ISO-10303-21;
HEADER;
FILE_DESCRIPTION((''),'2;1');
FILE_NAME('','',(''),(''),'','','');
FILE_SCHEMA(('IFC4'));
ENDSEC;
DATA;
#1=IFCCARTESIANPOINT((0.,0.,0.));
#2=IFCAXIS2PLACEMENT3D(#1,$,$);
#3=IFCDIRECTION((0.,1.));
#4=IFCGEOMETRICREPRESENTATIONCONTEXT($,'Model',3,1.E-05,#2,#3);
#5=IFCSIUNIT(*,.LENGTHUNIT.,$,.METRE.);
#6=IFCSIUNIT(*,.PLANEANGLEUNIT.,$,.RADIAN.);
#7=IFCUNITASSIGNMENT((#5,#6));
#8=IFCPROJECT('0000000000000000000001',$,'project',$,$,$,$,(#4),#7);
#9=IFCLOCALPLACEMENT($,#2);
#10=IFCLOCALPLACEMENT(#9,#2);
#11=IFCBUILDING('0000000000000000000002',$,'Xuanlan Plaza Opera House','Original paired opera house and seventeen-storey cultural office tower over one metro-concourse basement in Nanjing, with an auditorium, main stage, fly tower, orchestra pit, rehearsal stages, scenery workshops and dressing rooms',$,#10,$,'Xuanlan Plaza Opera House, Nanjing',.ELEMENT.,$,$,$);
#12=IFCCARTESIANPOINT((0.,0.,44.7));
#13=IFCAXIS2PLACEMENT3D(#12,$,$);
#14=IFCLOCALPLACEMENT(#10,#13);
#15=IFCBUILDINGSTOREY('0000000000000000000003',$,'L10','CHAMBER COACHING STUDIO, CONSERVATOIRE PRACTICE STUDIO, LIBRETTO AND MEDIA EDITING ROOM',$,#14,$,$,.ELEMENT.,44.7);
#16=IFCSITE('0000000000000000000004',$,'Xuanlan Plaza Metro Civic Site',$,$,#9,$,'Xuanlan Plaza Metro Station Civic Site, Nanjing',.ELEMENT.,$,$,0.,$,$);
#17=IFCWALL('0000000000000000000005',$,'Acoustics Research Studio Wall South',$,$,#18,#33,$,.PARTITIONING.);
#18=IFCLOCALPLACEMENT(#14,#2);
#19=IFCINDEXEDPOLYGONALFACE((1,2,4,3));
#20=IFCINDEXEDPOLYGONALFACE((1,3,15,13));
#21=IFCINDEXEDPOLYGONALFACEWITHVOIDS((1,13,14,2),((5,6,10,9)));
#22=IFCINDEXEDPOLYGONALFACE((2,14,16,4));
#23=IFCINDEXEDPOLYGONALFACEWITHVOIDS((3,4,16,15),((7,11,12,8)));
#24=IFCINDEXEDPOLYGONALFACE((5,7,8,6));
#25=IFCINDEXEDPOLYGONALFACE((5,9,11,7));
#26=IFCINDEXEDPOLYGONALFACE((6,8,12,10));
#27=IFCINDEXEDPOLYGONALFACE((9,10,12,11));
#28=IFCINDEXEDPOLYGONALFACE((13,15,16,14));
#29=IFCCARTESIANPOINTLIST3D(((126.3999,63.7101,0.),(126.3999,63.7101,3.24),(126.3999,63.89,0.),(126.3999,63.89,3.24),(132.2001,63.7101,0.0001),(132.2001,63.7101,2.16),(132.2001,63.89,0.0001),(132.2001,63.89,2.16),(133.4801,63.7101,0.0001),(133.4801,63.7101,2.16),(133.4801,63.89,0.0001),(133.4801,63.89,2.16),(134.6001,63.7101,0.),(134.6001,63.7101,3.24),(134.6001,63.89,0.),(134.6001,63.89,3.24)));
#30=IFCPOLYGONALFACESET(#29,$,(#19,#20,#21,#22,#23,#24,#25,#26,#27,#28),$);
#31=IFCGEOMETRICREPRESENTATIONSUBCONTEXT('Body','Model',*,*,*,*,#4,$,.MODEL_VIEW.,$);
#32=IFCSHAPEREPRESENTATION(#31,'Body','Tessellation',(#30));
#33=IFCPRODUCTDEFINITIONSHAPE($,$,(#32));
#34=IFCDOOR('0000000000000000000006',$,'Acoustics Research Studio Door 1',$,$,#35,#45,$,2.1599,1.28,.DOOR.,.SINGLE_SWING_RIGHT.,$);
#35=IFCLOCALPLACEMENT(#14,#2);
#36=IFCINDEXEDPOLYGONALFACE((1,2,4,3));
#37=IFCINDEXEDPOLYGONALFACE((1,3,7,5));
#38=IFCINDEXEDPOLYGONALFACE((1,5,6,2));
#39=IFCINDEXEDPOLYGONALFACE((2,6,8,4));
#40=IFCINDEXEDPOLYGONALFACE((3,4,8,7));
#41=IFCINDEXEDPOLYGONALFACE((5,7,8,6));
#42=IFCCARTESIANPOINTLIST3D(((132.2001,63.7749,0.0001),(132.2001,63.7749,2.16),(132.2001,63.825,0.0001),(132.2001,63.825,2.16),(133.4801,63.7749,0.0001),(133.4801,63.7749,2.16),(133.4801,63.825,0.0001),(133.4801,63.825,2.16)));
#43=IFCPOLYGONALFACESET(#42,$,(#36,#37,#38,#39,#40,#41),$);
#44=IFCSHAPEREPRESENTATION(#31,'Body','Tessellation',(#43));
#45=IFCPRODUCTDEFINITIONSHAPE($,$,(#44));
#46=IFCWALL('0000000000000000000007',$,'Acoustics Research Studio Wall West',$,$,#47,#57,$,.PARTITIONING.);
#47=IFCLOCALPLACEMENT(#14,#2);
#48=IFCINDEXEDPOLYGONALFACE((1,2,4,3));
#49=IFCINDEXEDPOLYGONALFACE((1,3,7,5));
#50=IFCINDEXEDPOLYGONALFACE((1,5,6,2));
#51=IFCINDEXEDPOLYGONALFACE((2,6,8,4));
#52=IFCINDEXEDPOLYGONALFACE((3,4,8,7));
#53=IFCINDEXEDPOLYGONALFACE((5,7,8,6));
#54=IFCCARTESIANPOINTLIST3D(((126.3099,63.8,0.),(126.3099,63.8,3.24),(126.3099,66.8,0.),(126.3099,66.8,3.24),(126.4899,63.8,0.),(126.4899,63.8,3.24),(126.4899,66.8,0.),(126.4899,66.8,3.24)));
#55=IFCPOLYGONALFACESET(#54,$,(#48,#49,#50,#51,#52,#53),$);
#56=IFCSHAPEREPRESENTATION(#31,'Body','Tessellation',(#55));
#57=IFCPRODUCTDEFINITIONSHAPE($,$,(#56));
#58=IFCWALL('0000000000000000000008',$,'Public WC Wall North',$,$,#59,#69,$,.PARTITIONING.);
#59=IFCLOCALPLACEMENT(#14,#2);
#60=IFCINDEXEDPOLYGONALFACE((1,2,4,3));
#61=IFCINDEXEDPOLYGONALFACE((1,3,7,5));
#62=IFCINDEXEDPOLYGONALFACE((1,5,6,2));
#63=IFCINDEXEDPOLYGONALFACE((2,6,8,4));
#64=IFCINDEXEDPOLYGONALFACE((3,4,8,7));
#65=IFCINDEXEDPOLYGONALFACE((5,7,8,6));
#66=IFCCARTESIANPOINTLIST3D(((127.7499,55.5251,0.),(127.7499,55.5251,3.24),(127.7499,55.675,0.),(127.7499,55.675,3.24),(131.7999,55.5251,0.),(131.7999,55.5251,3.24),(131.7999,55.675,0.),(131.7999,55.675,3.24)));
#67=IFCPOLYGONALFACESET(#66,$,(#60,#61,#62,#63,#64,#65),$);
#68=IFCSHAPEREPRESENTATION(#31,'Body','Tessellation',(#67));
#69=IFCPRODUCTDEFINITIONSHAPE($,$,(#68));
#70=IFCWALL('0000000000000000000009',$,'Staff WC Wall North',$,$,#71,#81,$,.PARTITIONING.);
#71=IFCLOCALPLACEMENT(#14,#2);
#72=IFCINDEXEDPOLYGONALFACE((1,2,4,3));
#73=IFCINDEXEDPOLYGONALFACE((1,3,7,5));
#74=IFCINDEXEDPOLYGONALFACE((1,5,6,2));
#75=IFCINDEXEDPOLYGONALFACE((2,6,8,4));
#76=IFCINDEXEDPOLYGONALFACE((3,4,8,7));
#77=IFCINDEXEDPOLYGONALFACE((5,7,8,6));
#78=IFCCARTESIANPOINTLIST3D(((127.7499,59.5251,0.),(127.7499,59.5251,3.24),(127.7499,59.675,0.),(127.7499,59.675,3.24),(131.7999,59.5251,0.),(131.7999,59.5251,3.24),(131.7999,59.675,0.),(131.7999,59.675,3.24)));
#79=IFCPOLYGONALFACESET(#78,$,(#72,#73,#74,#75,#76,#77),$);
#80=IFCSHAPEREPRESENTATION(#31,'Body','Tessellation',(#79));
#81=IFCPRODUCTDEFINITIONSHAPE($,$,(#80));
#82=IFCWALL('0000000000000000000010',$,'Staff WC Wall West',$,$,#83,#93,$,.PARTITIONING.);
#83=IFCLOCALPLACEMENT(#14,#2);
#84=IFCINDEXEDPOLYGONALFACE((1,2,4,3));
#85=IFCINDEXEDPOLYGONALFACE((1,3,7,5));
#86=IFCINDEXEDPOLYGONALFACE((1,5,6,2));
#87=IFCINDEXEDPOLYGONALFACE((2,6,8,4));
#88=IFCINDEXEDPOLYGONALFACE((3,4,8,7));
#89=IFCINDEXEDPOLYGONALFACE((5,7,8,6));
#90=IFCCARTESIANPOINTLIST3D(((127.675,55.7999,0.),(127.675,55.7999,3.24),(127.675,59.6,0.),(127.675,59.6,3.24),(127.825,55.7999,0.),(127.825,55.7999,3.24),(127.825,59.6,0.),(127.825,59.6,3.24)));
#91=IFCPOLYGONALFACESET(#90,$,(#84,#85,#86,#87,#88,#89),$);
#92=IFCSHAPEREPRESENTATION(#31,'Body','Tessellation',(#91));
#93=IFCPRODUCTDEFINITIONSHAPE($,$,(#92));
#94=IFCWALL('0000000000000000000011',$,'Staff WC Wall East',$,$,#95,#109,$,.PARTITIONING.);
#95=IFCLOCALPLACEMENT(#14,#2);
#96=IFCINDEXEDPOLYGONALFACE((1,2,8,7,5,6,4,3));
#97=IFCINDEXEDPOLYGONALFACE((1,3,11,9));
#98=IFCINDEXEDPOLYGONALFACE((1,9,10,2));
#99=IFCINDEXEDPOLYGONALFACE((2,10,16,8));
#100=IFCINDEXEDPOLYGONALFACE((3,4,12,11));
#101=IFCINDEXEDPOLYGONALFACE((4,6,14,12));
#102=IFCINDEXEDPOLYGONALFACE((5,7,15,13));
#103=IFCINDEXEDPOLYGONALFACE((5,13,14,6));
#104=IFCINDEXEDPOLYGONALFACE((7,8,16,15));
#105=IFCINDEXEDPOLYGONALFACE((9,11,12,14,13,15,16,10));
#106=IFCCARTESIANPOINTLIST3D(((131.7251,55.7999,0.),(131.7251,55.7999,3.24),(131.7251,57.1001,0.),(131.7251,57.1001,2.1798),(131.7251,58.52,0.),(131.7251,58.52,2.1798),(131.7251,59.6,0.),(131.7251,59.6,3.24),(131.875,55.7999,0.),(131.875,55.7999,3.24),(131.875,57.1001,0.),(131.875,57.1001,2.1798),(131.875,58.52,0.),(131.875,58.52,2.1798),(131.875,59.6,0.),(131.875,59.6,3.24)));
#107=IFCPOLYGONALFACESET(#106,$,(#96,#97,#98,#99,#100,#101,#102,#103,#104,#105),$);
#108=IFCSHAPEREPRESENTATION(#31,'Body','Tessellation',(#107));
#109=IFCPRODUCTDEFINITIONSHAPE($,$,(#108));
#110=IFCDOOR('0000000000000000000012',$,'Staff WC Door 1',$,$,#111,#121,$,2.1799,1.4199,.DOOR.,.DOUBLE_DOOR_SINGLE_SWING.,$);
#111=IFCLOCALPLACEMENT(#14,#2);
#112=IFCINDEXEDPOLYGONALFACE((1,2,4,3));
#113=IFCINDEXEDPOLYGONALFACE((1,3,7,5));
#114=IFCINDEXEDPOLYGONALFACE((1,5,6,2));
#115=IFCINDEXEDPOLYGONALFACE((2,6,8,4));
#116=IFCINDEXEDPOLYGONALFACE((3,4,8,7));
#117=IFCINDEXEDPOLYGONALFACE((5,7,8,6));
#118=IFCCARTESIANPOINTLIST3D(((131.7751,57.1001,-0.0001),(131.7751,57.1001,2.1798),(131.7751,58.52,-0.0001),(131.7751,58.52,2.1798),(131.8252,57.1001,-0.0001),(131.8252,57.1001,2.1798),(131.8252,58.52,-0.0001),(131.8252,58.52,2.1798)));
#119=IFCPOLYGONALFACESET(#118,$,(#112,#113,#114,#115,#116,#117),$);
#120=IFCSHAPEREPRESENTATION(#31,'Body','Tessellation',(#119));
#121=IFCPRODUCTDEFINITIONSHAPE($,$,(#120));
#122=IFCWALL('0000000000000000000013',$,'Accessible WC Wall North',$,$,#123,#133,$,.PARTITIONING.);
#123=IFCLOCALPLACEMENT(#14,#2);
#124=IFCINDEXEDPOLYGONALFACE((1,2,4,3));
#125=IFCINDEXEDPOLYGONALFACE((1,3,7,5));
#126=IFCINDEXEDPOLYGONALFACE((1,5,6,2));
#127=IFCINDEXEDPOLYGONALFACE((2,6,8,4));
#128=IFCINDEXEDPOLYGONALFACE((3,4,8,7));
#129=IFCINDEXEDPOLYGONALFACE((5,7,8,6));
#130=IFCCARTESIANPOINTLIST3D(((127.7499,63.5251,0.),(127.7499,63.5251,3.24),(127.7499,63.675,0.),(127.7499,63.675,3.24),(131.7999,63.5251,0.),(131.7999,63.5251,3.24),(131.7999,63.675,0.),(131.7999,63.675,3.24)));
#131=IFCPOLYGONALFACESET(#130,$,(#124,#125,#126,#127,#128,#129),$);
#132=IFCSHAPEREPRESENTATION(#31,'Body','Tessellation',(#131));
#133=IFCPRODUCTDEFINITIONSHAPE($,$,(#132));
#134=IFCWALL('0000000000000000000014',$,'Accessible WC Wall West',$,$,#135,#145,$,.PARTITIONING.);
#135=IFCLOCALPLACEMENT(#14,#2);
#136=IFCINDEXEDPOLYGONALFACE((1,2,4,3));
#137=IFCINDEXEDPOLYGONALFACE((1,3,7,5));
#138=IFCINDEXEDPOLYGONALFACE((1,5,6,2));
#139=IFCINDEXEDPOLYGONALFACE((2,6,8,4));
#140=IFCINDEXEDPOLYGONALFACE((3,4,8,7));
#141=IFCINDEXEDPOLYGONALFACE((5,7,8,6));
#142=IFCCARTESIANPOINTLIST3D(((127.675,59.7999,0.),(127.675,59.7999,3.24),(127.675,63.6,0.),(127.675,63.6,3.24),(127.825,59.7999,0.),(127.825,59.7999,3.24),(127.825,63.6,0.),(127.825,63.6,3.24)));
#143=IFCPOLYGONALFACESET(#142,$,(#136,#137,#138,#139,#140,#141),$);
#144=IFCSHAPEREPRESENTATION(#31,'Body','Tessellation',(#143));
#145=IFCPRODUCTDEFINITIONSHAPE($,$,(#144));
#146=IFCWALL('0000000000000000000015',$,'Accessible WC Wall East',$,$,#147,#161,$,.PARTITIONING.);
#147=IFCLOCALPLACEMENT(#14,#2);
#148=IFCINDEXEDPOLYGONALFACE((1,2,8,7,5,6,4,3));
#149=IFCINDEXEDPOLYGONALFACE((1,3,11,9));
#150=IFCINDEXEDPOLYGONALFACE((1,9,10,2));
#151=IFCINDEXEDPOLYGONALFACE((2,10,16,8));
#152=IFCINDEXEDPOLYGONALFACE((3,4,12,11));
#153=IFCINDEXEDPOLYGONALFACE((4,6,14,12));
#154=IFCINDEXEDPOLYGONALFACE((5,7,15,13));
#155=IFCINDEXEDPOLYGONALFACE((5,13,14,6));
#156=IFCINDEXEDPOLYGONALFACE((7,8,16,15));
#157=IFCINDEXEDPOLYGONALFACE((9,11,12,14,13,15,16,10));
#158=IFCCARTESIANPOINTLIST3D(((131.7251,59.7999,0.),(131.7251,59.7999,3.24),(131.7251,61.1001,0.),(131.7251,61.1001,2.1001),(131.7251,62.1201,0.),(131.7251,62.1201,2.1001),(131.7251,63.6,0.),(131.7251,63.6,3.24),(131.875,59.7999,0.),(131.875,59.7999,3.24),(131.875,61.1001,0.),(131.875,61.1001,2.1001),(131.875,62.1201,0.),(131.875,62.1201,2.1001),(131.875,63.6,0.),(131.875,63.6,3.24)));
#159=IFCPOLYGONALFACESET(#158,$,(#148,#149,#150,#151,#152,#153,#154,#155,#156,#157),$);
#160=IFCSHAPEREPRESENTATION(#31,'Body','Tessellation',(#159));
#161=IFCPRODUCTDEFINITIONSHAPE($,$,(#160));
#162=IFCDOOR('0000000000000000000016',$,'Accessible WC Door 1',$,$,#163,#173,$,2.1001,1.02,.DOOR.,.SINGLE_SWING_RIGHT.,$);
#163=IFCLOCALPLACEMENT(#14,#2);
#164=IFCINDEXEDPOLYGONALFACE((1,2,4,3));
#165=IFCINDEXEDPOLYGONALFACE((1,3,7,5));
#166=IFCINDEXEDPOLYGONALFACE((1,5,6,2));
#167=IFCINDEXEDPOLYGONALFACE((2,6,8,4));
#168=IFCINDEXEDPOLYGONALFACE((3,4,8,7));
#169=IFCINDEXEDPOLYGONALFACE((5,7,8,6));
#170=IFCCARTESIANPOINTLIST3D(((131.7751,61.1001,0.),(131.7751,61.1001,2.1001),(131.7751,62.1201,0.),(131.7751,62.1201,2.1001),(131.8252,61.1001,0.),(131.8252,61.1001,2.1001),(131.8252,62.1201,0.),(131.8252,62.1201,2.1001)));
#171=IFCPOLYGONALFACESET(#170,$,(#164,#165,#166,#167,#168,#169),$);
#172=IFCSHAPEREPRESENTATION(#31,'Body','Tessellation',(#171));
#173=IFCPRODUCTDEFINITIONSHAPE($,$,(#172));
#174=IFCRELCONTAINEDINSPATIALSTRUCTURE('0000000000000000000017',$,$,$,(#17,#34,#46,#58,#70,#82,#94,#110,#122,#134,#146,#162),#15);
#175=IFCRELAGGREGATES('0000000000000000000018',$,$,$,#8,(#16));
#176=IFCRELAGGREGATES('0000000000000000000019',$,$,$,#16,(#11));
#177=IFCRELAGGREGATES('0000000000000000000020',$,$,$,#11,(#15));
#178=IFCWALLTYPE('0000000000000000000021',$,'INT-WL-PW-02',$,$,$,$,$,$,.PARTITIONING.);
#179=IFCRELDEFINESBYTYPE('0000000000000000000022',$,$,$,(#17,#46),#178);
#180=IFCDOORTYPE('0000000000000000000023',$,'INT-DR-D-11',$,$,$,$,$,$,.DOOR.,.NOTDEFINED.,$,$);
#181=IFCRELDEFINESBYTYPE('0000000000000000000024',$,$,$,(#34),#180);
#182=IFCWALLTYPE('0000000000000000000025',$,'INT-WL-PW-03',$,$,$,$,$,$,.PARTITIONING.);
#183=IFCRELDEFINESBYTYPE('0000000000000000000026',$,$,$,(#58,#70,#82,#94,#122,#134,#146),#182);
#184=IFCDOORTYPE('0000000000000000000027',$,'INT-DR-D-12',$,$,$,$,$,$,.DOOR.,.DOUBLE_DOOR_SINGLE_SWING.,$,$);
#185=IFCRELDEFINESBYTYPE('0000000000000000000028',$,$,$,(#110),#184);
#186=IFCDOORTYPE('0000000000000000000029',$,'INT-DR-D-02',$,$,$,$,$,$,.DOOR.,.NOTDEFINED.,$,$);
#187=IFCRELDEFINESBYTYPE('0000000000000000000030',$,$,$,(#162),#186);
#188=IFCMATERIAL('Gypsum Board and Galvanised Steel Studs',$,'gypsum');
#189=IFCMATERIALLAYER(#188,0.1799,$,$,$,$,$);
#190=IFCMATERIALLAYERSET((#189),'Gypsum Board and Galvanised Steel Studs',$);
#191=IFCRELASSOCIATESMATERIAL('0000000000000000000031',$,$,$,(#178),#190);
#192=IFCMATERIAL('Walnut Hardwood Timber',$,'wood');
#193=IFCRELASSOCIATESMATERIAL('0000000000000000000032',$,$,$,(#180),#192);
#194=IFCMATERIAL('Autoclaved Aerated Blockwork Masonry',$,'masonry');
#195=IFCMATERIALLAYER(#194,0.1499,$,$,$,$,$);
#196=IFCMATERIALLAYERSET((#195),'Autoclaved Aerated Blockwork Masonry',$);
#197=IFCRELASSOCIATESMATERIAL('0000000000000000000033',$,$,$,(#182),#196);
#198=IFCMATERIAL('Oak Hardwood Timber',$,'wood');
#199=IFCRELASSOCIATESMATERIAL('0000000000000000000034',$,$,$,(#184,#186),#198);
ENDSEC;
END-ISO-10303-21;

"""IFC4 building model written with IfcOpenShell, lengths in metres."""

from ifc_helpers import new_model, si_unit, direction, frame, frame_2d, origin, place, context, subcontext, project, spatial, rectangle, extrude, material, layer, layer_set, type_object, element, fill, save


model = new_model("IFC4")

# Units and contexts
model_context = context("Model", 3, precision=1e-05, world=origin(), true_north=direction((0.0, 1.0)))
body_context = subcontext(model_context, "Body", "Model", "MODEL_VIEW")
ifc_project = project(units=[si_unit("LENGTHUNIT", "METRE"), si_unit("PLANEANGLEUNIT", "RADIAN")], contexts=[model_context])

# Site, building, storey
site_placement = place(None, origin())
site = spatial("IfcSite", under=ifc_project, at=site_placement, Name="Xuanlan Plaza Metro Civic Site", LongName="Xuanlan Plaza Metro Station Civic Site, Nanjing", CompositionType="ELEMENT", RefElevation=0.0)
building_placement = place(site_placement, origin())
building = spatial("IfcBuilding", under=site, at=building_placement, Name="Xuanlan Plaza Opera House", Description="Original paired opera house and seventeen-storey cultural office tower over one metro-concourse basement in Nanjing, with an auditorium, main stage, fly tower, orchestra pit, rehearsal stages, scenery workshops and dressing rooms", LongName="Xuanlan Plaza Opera House, Nanjing", CompositionType="ELEMENT")
storey_placement = place(building_placement, frame((0.0, 0.0, 44.7)))
storey = spatial("IfcBuildingStorey", under=building, at=storey_placement, Name="L10", Description="CHAMBER COACHING STUDIO, CONSERVATOIRE PRACTICE STUDIO, LIBRETTO AND MEDIA EDITING ROOM", CompositionType="ELEMENT", Elevation=44.7)

# Wall, opening, door
ifc_material_1 = material(Name="Gypsum Board and Galvanised Steel Studs", Category="gypsum")
ifc_layer_1 = layer(ifc_material_1, 0.1799)
ifc_layer_set_1 = layer_set([ifc_layer_1], Name="Gypsum Board and Galvanised Steel Studs")
wall_type_1 = type_object("IfcWallType", Name="INT-WL-PW-02", PredefinedType="PARTITIONING", material=ifc_layer_set_1)
wall_1_placement = place(storey_placement, frame((126.3999, 63.8, 0.0), z_axis=(0.0, 0.0, 1.0), x_axis=(1.0, 0.0, 0.0)))
wall_1 = element("IfcWall", 1, at=wall_1_placement, inside=storey, type_object=wall_type_1, Name="Acoustics Research Studio Wall South", PredefinedType="PARTITIONING", context=body_context, shape_type="SweptSolid", body=[
    extrude(rectangle(XDim=8.2002, YDim=0.1799, at=frame_2d((4.1001, 0.0))), origin(), (0.0, 0.0, 1.0), 3.24),
])
opening_1_placement = place(wall_1_placement, frame((5.8, 0.0, 0.0)))
opening_1 = element("IfcOpeningElement", 2, at=opening_1_placement, cuts=wall_1, PredefinedType="OPENING", context=body_context, shape_type="SweptSolid", body=[
    extrude(rectangle(XDim=1.28, YDim=2.1599, at=frame_2d((0.6401, 1.0801))), frame((0.0, 0.0999, 0.0), z_axis=(0.0, -1.0, 0.0), x_axis=(1.0, 0.0, 0.0)), (0.0, 0.0, 1.0), 0.2),
])
ifc_material_2 = material(Name="Walnut Hardwood Timber", Category="wood")
door_type_1 = type_object("IfcDoorType", Name="INT-DR-D-11", OperationType="NOTDEFINED", PredefinedType="DOOR", material=ifc_material_2)
door_1_placement = place(opening_1_placement, origin())
door_1 = element("IfcDoor", 3, at=door_1_placement, inside=storey, type_object=door_type_1, Name="Acoustics Research Studio Door 1", OperationType="SINGLE_SWING_RIGHT", OverallHeight=2.1599, OverallWidth=1.28, PredefinedType="DOOR", context=body_context, shape_type="SweptSolid", body=[
    extrude(rectangle(XDim=1.28, YDim=2.1599, at=frame_2d((0.6401, 1.0801))), frame((0.0, 0.0249, 0.0), z_axis=(0.0, -1.0, 0.0), x_axis=(1.0, 0.0, 0.0)), (0.0, 0.0, 1.0), 0.05),
])
fill(opening_1, door_1)

# Walls
wall_2_placement = place(storey_placement, frame((126.3999, 63.8, 0.0), z_axis=(0.0, 0.0, 1.0), x_axis=(0.0, 1.0, 0.0)))
element("IfcWall", 4, at=wall_2_placement, inside=storey, type_object=wall_type_1, Name="Acoustics Research Studio Wall West", PredefinedType="PARTITIONING", context=body_context, shape_type="SweptSolid", body=[
    extrude(rectangle(XDim=3.0, YDim=0.1799, at=frame_2d((1.5, 0.0))), origin(), (0.0, 0.0, 1.0), 3.24),
])
ifc_material_3 = material(Name="Autoclaved Aerated Blockwork Masonry", Category="masonry")
ifc_layer_2 = layer(ifc_material_3, 0.1499)
ifc_layer_set_2 = layer_set([ifc_layer_2], Name="Autoclaved Aerated Blockwork Masonry")
wall_type_2 = type_object("IfcWallType", Name="INT-WL-PW-03", PredefinedType="PARTITIONING", material=ifc_layer_set_2)
for number, where, z_axis, x_axis, name in (
    (5, (127.75, 55.6001, 0.0), (0.0, 0.0, 1.0), (1.0, 0.0, 0.0), "Public WC Wall North"),
    (6, (127.75, 59.6001, 0.0), (0.0, 0.0, 1.0), (1.0, 0.0, 0.0), "Staff WC Wall North"),
):
    element("IfcWall", number, at=place(storey_placement, frame(where, z_axis=z_axis, x_axis=x_axis)), inside=storey, type_object=wall_type_2, Name=name, PredefinedType="PARTITIONING", context=body_context, shape_type="SweptSolid", body=[
        extrude(rectangle(XDim=4.05, YDim=0.1499, at=frame_2d((2.0249, 0.0))), origin(), (0.0, 0.0, 1.0), 3.24),
    ])
wall_3_placement = place(storey_placement, frame((127.75, 55.8, 0.0), z_axis=(0.0, 0.0, 1.0), x_axis=(0.0, 1.0, 0.0)))
element("IfcWall", 7, at=wall_3_placement, inside=storey, type_object=wall_type_2, Name="Staff WC Wall West", PredefinedType="PARTITIONING", context=body_context, shape_type="SweptSolid", body=[
    extrude(rectangle(XDim=3.8, YDim=0.1499, at=frame_2d((1.8999, 0.0))), origin(), (0.0, 0.0, 1.0), 3.24),
])

# Wall, opening, door
wall_4_placement = place(storey_placement, frame((131.8, 55.8, 0.0), z_axis=(0.0, 0.0, 1.0), x_axis=(0.0, 1.0, 0.0)))
wall_4 = element("IfcWall", 8, at=wall_4_placement, inside=storey, type_object=wall_type_2, Name="Staff WC Wall East", PredefinedType="PARTITIONING", context=body_context, shape_type="SweptSolid", body=[
    extrude(rectangle(XDim=3.8, YDim=0.1499, at=frame_2d((1.8999, 0.0))), origin(), (0.0, 0.0, 1.0), 3.24),
])
opening_2_placement = place(wall_4_placement, frame((1.3, 0.0, 0.0)))
opening_2 = element("IfcOpeningElement", 9, at=opening_2_placement, cuts=wall_4, PredefinedType="OPENING", context=body_context, shape_type="SweptSolid", body=[
    extrude(rectangle(XDim=1.4199, YDim=2.1799, at=frame_2d((0.71, 1.0898))), frame((0.0, 0.085, 0.0), z_axis=(0.0, -1.0, 0.0), x_axis=(1.0, 0.0, 0.0)), (0.0, 0.0, 1.0), 0.1699),
])
ifc_material_4 = material(Name="Oak Hardwood Timber", Category="wood")
door_type_2 = type_object("IfcDoorType", Name="INT-DR-D-12", OperationType="DOUBLE_DOOR_SINGLE_SWING", PredefinedType="DOOR", material=ifc_material_4)
door_2_placement = place(opening_2_placement, origin())
door_2 = element("IfcDoor", 10, at=door_2_placement, inside=storey, type_object=door_type_2, Name="Staff WC Door 1", OperationType="DOUBLE_DOOR_SINGLE_SWING", OverallHeight=2.1799, OverallWidth=1.4199, PredefinedType="DOOR", context=body_context, shape_type="SweptSolid", body=[
    extrude(rectangle(XDim=1.4199, YDim=2.1799, at=frame_2d((0.71, 1.0898))), frame((0.0, 0.0249, 0.0), z_axis=(0.0, -1.0, 0.0), x_axis=(1.0, 0.0, 0.0)), (0.0, 0.0, 1.0), 0.05),
])
fill(opening_2, door_2)

# Walls
wall_5_placement = place(storey_placement, frame((127.75, 63.6001, 0.0), z_axis=(0.0, 0.0, 1.0), x_axis=(1.0, 0.0, 0.0)))
element("IfcWall", 11, at=wall_5_placement, inside=storey, type_object=wall_type_2, Name="Accessible WC Wall North", PredefinedType="PARTITIONING", context=body_context, shape_type="SweptSolid", body=[
    extrude(rectangle(XDim=4.05, YDim=0.1499, at=frame_2d((2.0249, 0.0))), origin(), (0.0, 0.0, 1.0), 3.24),
])
wall_6_placement = place(storey_placement, frame((127.75, 59.8, 0.0), z_axis=(0.0, 0.0, 1.0), x_axis=(0.0, 1.0, 0.0)))
element("IfcWall", 12, at=wall_6_placement, inside=storey, type_object=wall_type_2, Name="Accessible WC Wall West", PredefinedType="PARTITIONING", context=body_context, shape_type="SweptSolid", body=[
    extrude(rectangle(XDim=3.8, YDim=0.1499, at=frame_2d((1.8999, 0.0))), origin(), (0.0, 0.0, 1.0), 3.24),
])

# Wall, opening, door
wall_7_placement = place(storey_placement, frame((131.8, 59.8, 0.0), z_axis=(0.0, 0.0, 1.0), x_axis=(0.0, 1.0, 0.0)))
wall_7 = element("IfcWall", 13, at=wall_7_placement, inside=storey, type_object=wall_type_2, Name="Accessible WC Wall East", PredefinedType="PARTITIONING", context=body_context, shape_type="SweptSolid", body=[
    extrude(rectangle(XDim=3.8, YDim=0.1499, at=frame_2d((1.8999, 0.0))), origin(), (0.0, 0.0, 1.0), 3.24),
])
opening_3_placement = place(wall_7_placement, frame((1.3, 0.0, 0.0)))
opening_3 = element("IfcOpeningElement", 14, at=opening_3_placement, cuts=wall_7, PredefinedType="OPENING", context=body_context, shape_type="SweptSolid", body=[
    extrude(rectangle(XDim=1.02, YDim=2.1001, at=frame_2d((0.51, 1.05))), frame((0.0, 0.085, 0.0), z_axis=(0.0, -1.0, 0.0), x_axis=(1.0, 0.0, 0.0)), (0.0, 0.0, 1.0), 0.1699),
])
door_type_3 = type_object("IfcDoorType", Name="INT-DR-D-02", OperationType="NOTDEFINED", PredefinedType="DOOR", material=ifc_material_4)
door_3_placement = place(opening_3_placement, origin())
door_3 = element("IfcDoor", 15, at=door_3_placement, inside=storey, type_object=door_type_3, Name="Accessible WC Door 1", OperationType="SINGLE_SWING_RIGHT", OverallHeight=2.1001, OverallWidth=1.02, PredefinedType="DOOR", context=body_context, shape_type="SweptSolid", body=[
    extrude(rectangle(XDim=1.02, YDim=2.1001, at=frame_2d((0.51, 1.05))), frame((0.0, 0.0249, 0.0), z_axis=(0.0, -1.0, 0.0), x_axis=(1.0, 0.0, 0.0)), (0.0, 0.0, 1.0), 0.05),
])
fill(opening_3, door_3)

save(model, "model.ifc")
